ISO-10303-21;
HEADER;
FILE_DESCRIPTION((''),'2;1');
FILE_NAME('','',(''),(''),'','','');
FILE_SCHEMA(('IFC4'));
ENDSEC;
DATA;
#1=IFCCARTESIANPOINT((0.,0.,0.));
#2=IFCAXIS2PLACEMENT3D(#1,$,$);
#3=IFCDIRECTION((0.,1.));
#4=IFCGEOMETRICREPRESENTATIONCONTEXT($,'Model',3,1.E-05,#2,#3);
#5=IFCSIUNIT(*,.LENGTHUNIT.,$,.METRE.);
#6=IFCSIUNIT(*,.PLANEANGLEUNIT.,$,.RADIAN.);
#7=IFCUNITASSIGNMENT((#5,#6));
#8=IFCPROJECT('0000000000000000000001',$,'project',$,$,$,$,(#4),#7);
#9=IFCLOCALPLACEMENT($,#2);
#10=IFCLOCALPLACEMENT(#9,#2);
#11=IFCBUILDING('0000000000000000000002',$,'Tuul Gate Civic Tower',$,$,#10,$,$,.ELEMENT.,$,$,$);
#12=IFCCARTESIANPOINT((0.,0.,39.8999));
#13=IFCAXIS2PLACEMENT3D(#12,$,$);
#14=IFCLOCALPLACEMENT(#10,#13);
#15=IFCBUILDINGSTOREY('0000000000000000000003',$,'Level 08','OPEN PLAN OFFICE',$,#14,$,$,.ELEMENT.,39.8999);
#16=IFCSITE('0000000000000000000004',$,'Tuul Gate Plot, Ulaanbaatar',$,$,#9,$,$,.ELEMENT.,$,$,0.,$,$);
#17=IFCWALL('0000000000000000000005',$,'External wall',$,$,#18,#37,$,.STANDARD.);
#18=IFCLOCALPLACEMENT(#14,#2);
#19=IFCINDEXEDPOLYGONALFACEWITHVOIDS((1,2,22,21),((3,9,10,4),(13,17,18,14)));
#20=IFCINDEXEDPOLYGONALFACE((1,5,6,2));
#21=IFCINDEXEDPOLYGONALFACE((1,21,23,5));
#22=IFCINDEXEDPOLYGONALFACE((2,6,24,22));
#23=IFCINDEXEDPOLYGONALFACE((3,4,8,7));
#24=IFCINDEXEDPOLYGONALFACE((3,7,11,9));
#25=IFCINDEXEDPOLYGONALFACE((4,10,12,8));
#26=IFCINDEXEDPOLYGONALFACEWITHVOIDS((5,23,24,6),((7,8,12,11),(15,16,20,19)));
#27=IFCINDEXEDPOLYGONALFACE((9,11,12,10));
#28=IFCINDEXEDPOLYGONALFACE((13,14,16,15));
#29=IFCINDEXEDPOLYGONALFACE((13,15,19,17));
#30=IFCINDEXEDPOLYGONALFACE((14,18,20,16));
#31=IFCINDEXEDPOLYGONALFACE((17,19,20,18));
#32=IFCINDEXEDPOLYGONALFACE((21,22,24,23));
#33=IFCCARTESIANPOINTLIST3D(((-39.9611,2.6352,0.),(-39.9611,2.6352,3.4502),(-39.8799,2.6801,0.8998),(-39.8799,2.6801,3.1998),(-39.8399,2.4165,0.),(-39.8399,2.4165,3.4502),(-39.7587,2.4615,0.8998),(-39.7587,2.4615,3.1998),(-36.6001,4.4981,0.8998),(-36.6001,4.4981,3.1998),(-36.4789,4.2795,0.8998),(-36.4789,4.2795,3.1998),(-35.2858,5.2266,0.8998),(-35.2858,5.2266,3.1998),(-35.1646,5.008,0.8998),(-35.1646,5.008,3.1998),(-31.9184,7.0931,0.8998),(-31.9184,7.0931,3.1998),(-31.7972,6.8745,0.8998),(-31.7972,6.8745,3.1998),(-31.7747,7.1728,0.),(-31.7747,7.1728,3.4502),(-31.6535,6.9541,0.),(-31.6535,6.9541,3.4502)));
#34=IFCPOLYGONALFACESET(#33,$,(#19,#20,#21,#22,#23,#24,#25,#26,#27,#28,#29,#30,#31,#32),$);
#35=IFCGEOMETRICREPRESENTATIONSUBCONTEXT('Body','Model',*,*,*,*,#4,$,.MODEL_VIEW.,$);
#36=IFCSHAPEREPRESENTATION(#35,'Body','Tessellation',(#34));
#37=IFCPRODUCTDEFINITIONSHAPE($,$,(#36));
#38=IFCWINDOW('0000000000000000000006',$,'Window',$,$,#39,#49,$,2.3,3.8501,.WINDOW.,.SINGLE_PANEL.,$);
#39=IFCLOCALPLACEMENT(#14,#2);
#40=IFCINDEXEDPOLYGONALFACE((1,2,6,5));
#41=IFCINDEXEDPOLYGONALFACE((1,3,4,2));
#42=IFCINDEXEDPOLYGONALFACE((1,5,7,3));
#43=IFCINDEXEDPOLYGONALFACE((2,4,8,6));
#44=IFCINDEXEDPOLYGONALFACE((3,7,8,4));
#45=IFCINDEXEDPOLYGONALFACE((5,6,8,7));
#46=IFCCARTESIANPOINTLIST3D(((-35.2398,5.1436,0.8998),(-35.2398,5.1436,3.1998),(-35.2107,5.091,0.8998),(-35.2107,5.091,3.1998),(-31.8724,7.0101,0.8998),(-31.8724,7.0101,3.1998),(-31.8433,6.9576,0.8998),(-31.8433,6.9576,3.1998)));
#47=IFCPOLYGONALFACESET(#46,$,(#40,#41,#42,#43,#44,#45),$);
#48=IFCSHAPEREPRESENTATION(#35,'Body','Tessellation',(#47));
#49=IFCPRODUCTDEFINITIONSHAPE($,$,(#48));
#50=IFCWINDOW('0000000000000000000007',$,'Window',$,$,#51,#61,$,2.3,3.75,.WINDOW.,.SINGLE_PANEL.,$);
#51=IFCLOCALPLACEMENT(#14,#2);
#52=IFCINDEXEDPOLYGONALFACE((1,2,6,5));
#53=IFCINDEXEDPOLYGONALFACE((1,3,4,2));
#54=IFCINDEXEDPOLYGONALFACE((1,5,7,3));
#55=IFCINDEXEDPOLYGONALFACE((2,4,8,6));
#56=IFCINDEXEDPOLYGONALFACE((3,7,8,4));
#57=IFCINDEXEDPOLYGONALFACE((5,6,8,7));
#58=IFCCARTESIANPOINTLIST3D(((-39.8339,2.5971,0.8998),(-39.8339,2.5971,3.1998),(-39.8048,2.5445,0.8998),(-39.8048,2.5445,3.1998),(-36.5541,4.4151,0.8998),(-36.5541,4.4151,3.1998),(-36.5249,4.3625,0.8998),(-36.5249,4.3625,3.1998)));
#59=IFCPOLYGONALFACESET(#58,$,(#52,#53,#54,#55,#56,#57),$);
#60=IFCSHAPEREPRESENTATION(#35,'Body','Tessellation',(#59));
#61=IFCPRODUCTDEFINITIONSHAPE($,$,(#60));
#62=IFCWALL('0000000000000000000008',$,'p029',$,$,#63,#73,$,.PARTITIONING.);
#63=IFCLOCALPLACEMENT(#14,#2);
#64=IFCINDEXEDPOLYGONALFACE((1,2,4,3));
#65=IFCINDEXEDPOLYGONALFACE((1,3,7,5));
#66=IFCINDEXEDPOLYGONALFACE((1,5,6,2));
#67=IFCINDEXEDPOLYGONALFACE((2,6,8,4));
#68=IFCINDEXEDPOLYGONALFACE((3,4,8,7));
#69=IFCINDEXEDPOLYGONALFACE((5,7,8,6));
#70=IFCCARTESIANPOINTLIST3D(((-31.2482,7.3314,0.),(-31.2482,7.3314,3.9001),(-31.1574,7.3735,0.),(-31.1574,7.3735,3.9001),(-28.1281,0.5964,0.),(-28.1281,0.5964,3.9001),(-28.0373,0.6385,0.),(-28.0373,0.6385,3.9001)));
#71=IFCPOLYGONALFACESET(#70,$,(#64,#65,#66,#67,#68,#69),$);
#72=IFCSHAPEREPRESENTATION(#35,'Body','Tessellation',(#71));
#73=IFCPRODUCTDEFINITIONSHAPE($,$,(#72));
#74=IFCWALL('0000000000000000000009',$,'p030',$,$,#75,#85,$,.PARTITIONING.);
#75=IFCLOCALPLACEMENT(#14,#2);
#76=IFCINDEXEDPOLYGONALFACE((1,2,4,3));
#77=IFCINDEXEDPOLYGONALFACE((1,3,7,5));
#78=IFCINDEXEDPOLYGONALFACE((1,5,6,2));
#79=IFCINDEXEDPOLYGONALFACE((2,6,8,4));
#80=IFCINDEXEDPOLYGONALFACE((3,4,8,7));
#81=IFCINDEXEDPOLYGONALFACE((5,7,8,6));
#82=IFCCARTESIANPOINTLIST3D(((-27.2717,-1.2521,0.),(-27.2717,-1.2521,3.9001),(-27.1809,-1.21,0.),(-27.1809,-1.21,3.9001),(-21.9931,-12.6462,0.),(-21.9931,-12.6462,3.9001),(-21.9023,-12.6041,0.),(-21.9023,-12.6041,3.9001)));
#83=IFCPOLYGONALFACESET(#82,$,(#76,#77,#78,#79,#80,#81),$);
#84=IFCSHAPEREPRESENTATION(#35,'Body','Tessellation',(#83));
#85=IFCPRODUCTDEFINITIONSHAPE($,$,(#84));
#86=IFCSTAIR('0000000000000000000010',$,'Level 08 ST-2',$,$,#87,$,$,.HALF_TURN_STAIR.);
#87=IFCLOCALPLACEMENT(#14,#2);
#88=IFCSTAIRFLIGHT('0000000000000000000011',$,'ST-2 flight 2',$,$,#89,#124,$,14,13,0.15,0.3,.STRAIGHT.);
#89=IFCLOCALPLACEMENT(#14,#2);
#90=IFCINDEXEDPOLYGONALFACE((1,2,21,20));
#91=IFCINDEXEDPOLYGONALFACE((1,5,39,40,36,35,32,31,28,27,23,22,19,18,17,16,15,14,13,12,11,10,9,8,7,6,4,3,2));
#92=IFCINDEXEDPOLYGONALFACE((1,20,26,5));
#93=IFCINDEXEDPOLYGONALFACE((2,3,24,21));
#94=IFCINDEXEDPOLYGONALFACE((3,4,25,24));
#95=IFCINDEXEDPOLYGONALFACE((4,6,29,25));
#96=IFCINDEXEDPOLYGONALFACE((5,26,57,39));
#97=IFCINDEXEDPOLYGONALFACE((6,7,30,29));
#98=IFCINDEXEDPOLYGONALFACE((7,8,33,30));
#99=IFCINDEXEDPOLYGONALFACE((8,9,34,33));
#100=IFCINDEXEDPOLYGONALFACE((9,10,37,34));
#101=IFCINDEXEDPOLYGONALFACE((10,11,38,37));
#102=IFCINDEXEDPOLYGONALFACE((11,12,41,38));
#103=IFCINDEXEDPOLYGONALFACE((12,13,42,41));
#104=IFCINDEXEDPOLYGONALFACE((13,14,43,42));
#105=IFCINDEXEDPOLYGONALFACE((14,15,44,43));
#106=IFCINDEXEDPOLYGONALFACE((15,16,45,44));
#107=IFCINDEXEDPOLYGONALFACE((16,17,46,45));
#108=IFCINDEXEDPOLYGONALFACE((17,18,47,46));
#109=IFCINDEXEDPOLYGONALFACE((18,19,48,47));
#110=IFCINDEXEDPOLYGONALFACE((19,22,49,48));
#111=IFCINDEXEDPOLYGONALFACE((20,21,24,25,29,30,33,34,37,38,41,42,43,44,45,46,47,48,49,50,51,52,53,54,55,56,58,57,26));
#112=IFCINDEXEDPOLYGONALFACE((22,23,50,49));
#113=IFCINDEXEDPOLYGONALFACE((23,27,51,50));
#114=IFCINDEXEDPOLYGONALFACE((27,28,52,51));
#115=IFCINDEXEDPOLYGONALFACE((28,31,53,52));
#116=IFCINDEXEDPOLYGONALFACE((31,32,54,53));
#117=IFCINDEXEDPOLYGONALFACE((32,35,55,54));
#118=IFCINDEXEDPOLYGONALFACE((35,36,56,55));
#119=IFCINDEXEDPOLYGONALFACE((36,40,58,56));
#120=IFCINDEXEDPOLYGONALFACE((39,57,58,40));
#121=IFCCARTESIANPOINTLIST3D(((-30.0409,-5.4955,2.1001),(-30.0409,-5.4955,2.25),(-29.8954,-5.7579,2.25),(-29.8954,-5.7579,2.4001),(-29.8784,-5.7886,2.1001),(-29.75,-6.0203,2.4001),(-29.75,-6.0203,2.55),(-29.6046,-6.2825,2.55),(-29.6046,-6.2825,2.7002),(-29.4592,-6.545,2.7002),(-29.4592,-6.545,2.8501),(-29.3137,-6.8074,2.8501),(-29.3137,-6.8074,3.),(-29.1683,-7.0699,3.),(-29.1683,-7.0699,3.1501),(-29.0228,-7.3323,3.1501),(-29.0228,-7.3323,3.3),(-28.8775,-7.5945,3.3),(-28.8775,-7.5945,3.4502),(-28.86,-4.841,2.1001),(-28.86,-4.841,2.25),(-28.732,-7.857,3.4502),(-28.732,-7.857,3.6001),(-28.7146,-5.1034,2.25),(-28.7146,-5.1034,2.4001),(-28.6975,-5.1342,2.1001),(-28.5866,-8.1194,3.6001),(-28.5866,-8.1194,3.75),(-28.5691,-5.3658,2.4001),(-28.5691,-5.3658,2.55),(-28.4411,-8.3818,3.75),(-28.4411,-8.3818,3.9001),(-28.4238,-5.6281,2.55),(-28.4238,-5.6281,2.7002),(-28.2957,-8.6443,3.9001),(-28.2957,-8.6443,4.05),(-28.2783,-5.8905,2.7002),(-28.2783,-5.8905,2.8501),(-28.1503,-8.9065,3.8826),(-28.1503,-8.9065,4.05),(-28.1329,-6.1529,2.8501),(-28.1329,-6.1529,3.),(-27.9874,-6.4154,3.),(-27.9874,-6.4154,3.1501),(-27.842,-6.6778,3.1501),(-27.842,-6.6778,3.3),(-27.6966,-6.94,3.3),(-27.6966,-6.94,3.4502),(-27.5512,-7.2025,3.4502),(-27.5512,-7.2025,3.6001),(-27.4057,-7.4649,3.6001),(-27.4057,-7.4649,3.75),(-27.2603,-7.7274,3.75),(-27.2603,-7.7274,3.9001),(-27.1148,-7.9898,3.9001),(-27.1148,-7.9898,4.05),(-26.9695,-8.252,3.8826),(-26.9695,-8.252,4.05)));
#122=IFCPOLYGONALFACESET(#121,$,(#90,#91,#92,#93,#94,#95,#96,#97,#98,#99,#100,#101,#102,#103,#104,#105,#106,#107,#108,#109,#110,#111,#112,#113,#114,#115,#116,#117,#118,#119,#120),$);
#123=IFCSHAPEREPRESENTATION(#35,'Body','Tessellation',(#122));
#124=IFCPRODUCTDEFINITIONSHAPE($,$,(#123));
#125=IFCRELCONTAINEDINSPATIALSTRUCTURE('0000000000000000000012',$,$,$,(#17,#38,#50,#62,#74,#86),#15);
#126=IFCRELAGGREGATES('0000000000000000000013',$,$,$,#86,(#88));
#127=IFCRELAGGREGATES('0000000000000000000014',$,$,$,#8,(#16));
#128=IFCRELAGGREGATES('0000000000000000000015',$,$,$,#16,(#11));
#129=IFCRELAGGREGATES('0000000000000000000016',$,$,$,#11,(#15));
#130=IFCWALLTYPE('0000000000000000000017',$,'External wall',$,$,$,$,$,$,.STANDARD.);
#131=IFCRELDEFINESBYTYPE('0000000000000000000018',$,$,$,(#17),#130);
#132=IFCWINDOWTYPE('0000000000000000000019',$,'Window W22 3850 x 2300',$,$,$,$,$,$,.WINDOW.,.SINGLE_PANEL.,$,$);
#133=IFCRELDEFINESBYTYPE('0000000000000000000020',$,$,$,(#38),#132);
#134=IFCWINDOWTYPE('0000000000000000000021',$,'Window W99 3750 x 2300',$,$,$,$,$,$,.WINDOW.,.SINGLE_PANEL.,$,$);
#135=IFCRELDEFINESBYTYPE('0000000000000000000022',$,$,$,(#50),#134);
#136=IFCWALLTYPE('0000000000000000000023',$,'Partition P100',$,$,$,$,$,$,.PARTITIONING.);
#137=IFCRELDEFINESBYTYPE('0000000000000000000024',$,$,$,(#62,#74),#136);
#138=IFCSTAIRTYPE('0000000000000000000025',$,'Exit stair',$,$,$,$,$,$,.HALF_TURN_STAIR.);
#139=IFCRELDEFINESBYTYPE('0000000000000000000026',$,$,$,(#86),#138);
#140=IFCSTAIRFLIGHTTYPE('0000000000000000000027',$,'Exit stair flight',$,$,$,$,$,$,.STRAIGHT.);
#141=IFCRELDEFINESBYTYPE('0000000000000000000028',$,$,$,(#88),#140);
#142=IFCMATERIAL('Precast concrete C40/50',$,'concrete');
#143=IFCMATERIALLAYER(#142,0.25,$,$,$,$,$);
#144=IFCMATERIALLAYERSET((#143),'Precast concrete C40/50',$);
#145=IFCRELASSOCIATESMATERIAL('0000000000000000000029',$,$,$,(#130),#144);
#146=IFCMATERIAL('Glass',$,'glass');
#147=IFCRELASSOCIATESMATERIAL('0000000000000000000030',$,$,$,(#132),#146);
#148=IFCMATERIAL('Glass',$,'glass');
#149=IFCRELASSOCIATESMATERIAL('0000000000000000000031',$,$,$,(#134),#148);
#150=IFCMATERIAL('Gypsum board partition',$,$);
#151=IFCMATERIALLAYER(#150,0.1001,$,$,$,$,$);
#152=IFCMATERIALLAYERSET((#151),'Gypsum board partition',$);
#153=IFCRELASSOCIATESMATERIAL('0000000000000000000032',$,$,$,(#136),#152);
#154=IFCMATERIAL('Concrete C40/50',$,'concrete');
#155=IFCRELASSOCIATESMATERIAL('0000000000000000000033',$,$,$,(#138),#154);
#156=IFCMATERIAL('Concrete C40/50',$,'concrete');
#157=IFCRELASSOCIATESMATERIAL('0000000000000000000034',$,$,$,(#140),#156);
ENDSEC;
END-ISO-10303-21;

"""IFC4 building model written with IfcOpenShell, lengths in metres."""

from ifc_helpers import new_model, si_unit, direction, frame, frame_2d, origin, place, context, subcontext, project, spatial, polyline, rectangle, outline, extrude, material, layer, layer_set, type_object, element, fill, aggregate, save


model = new_model("IFC4")

# Units and contexts
model_context = context("Model", 3, precision=1e-05, world=origin(), true_north=direction((0.0, 1.0)))
body_context = subcontext(model_context, "Body", "Model", "MODEL_VIEW")
ifc_project = project(units=[si_unit("LENGTHUNIT", "METRE"), si_unit("PLANEANGLEUNIT", "RADIAN")], contexts=[model_context])

# Site, building, storey
site_placement = place(None, origin())
site = spatial("IfcSite", under=ifc_project, at=site_placement, Name="Tuul Gate Plot, Ulaanbaatar", CompositionType="ELEMENT", RefElevation=0.0)
building_placement = place(site_placement, origin())
building = spatial("IfcBuilding", under=site, at=building_placement, Name="Tuul Gate Civic Tower", CompositionType="ELEMENT")
storey_placement = place(building_placement, frame((0.0, 0.0, 39.8999)))
storey = spatial("IfcBuildingStorey", under=building, at=storey_placement, Name="Level 08", Description="OPEN PLAN OFFICE", CompositionType="ELEMENT", Elevation=39.8999)

# Wall, openings, windows
ifc_material_1 = material(Name="Precast concrete C40/50", Category="concrete")
ifc_layer_1 = layer(ifc_material_1, 0.25)
ifc_layer_set_1 = layer_set([ifc_layer_1], Name="Precast concrete C40/50")
wall_type_1 = type_object("IfcWallType", Name="External wall", PredefinedType="STANDARD", material=ifc_layer_set_1)
ifc_material_2 = material(Name="Glass", Category="glass")
window_type_1 = type_object("IfcWindowType", Name="Window W22 3850 x 2300", PartitioningType="SINGLE_PANEL", PredefinedType="WINDOW", material=ifc_material_2)
wall_1_placement = place(storey_placement, frame((-31.7141, 7.0635, 0.0), z_axis=(0.0, 0.0, 1.0), x_axis=(-0.874626, -0.484799, 0.0)))
wall_1 = element("IfcWall", 1, at=wall_1_placement, inside=storey, type_object=wall_type_1, Name="External wall", PredefinedType="STANDARD", context=body_context, shape_type="SweptSolid", body=[
    extrude(rectangle(XDim=9.3599, YDim=0.25, at=frame_2d((4.6799, 0.0))), origin(), (0.0, 0.0, 1.0), 3.4502),
])
opening_1_placement = place(wall_1_placement, frame((0.1643, 0.0, 0.8999)))
opening_1 = element("IfcOpeningElement", 2, at=opening_1_placement, cuts=wall_1, PredefinedType="OPENING", context=body_context, shape_type="SweptSolid", body=[
    extrude(rectangle(XDim=3.8501, YDim=2.3, at=frame_2d((1.925, 1.1499))), frame((0.0, 0.135, 0.0), z_axis=(0.0, -1.0, 0.0), x_axis=(1.0, 0.0, 0.0)), (0.0, 0.0, 1.0), 0.27),
])
opening_2_placement = place(wall_1_placement, frame((5.5171, 0.0, 0.8999)))
opening_2 = element("IfcOpeningElement", 3, at=opening_2_placement, cuts=wall_1, PredefinedType="OPENING", context=body_context, shape_type="SweptSolid", body=[
    extrude(rectangle(XDim=3.75, YDim=2.3, at=frame_2d((1.875, 1.1499))), frame((0.0, 0.135, 0.0), z_axis=(0.0, -1.0, 0.0), x_axis=(1.0, 0.0, 0.0)), (0.0, 0.0, 1.0), 0.27),
])
window_1_placement = place(opening_1_placement, origin())
window_1 = element("IfcWindow", 4, at=window_1_placement, inside=storey, type_object=window_type_1, Name="Window", OverallHeight=2.3, OverallWidth=3.8501, PartitioningType="SINGLE_PANEL", PredefinedType="WINDOW", context=body_context, shape_type="SweptSolid", body=[
    extrude(rectangle(XDim=3.8501, YDim=2.3, at=frame_2d((1.925, 1.1499))), frame((0.0, 0.03, 0.0), z_axis=(0.0, -1.0, 0.0), x_axis=(1.0, 0.0, 0.0)), (0.0, 0.0, 1.0), 0.0601),
])
fill(opening_1, window_1)
ifc_material_3 = material(Name="Glass", Category="glass")
window_type_2 = type_object("IfcWindowType", Name="Window W99 3750 x 2300", PartitioningType="SINGLE_PANEL", PredefinedType="WINDOW", material=ifc_material_3)
window_2_placement = place(opening_2_placement, origin())
window_2 = element("IfcWindow", 5, at=window_2_placement, inside=storey, type_object=window_type_2, Name="Window", OverallHeight=2.3, OverallWidth=3.75, PartitioningType="SINGLE_PANEL", PredefinedType="WINDOW", context=body_context, shape_type="SweptSolid", body=[
    extrude(rectangle(XDim=3.75, YDim=2.3, at=frame_2d((1.875, 1.1499))), frame((0.0, 0.03, 0.0), z_axis=(0.0, -1.0, 0.0), x_axis=(1.0, 0.0, 0.0)), (0.0, 0.0, 1.0), 0.0601),
])
fill(opening_2, window_2)

# Walls
ifc_material_4 = material(Name="Gypsum board partition")
ifc_layer_2 = layer(ifc_material_4, 0.1001)
ifc_layer_set_2 = layer_set([ifc_layer_2], Name="Gypsum board partition")
wall_type_2 = type_object("IfcWallType", Name="Partition P100", PredefinedType="PARTITIONING", material=ifc_layer_set_2)
wall_2_placement = place(storey_placement, frame((-31.2029, 7.3525, 0.0), z_axis=(0.0, 0.0, 1.0), x_axis=(0.420359, -0.907358, 0.0)))
element("IfcWall", 6, at=wall_2_placement, inside=storey, type_object=wall_type_2, Name="p029", PredefinedType="PARTITIONING", context=body_context, shape_type="SweptSolid", body=[
    extrude(rectangle(XDim=7.4226, YDim=0.1001, at=frame_2d((3.7114, 0.0))), origin(), (0.0, 0.0, 1.0), 3.9001),
])
wall_3_placement = place(storey_placement, frame((-27.2263, -1.231, 0.0), z_axis=(0.0, 0.0, 1.0), x_axis=(0.420356, -0.907359, 0.0)))
element("IfcWall", 7, at=wall_3_placement, inside=storey, type_object=wall_type_2, Name="p030", PredefinedType="PARTITIONING", context=body_context, shape_type="SweptSolid", body=[
    extrude(rectangle(XDim=12.5574, YDim=0.1001, at=frame_2d((6.2788, 0.0))), origin(), (0.0, 0.0, 1.0), 3.9001),
])

# Stair, stair flight
ifc_material_5 = material(Name="Concrete C40/50", Category="concrete")
stair_type = type_object("IfcStairType", Name="Exit stair", PredefinedType="HALF_TURN_STAIR", material=ifc_material_5)
stair_placement = place(storey_placement, origin())
stair = element("IfcStair", 8, at=stair_placement, inside=storey, type_object=stair_type, Name="Level 08 ST-2", PredefinedType="HALF_TURN_STAIR")
ifc_material_6 = material(Name="Concrete C40/50", Category="concrete")
stair_flight_type = type_object("IfcStairFlightType", Name="Exit stair flight", PredefinedType="STRAIGHT", material=ifc_material_6)
stair_flight_placement = place(storey_placement, frame((-29.4504, -5.1682, 2.1001), z_axis=(0.0, 0.0, 1.0), x_axis=(0.484762, -0.874646, 0.0)))
stair_flight = element("IfcStairFlight", 9, at=stair_flight_placement, type_object=stair_flight_type, Name="ST-2 flight 2", NumberOfRisers=14, NumberOfTreads=13, PredefinedType="STRAIGHT", RiserHeight=0.15, TreadLength=0.3, context=body_context, shape_type="SweptSolid", body=[
    extrude(outline(polyline([(0.0, 0.0), (0.0, 0.1499), (0.3, 0.1499), (0.3, 0.3), (0.6001, 0.3), (0.6001, 0.45), (0.8999, 0.45), (0.8999, 0.6001), (1.2, 0.6001), (1.2, 0.75), (1.5, 0.75), (1.5, 0.8999), (1.8, 0.8999), (1.8, 1.05), (2.1001, 1.05), (2.1001, 1.2), (2.3999, 1.2), (2.3999, 1.3501), (2.7, 1.3501), (2.7, 1.5), (3.0, 1.5), (3.0, 1.6499), (3.3, 1.6499), (3.3, 1.8), (3.6001, 1.8), (3.6001, 1.95), (3.8999, 1.95), (3.8999, 2.1001), (3.8999, 1.7825), (0.3352, 0.0), (0.0, 0.0)])), frame((0.0, 0.675, 0.0), z_axis=(0.0, -1.0, 0.0), x_axis=(1.0, 0.0, 0.0)), (0.0, 0.0, 1.0), 1.3501),
])
aggregate(stair, [stair_flight])

save(model, "model.ifc")
